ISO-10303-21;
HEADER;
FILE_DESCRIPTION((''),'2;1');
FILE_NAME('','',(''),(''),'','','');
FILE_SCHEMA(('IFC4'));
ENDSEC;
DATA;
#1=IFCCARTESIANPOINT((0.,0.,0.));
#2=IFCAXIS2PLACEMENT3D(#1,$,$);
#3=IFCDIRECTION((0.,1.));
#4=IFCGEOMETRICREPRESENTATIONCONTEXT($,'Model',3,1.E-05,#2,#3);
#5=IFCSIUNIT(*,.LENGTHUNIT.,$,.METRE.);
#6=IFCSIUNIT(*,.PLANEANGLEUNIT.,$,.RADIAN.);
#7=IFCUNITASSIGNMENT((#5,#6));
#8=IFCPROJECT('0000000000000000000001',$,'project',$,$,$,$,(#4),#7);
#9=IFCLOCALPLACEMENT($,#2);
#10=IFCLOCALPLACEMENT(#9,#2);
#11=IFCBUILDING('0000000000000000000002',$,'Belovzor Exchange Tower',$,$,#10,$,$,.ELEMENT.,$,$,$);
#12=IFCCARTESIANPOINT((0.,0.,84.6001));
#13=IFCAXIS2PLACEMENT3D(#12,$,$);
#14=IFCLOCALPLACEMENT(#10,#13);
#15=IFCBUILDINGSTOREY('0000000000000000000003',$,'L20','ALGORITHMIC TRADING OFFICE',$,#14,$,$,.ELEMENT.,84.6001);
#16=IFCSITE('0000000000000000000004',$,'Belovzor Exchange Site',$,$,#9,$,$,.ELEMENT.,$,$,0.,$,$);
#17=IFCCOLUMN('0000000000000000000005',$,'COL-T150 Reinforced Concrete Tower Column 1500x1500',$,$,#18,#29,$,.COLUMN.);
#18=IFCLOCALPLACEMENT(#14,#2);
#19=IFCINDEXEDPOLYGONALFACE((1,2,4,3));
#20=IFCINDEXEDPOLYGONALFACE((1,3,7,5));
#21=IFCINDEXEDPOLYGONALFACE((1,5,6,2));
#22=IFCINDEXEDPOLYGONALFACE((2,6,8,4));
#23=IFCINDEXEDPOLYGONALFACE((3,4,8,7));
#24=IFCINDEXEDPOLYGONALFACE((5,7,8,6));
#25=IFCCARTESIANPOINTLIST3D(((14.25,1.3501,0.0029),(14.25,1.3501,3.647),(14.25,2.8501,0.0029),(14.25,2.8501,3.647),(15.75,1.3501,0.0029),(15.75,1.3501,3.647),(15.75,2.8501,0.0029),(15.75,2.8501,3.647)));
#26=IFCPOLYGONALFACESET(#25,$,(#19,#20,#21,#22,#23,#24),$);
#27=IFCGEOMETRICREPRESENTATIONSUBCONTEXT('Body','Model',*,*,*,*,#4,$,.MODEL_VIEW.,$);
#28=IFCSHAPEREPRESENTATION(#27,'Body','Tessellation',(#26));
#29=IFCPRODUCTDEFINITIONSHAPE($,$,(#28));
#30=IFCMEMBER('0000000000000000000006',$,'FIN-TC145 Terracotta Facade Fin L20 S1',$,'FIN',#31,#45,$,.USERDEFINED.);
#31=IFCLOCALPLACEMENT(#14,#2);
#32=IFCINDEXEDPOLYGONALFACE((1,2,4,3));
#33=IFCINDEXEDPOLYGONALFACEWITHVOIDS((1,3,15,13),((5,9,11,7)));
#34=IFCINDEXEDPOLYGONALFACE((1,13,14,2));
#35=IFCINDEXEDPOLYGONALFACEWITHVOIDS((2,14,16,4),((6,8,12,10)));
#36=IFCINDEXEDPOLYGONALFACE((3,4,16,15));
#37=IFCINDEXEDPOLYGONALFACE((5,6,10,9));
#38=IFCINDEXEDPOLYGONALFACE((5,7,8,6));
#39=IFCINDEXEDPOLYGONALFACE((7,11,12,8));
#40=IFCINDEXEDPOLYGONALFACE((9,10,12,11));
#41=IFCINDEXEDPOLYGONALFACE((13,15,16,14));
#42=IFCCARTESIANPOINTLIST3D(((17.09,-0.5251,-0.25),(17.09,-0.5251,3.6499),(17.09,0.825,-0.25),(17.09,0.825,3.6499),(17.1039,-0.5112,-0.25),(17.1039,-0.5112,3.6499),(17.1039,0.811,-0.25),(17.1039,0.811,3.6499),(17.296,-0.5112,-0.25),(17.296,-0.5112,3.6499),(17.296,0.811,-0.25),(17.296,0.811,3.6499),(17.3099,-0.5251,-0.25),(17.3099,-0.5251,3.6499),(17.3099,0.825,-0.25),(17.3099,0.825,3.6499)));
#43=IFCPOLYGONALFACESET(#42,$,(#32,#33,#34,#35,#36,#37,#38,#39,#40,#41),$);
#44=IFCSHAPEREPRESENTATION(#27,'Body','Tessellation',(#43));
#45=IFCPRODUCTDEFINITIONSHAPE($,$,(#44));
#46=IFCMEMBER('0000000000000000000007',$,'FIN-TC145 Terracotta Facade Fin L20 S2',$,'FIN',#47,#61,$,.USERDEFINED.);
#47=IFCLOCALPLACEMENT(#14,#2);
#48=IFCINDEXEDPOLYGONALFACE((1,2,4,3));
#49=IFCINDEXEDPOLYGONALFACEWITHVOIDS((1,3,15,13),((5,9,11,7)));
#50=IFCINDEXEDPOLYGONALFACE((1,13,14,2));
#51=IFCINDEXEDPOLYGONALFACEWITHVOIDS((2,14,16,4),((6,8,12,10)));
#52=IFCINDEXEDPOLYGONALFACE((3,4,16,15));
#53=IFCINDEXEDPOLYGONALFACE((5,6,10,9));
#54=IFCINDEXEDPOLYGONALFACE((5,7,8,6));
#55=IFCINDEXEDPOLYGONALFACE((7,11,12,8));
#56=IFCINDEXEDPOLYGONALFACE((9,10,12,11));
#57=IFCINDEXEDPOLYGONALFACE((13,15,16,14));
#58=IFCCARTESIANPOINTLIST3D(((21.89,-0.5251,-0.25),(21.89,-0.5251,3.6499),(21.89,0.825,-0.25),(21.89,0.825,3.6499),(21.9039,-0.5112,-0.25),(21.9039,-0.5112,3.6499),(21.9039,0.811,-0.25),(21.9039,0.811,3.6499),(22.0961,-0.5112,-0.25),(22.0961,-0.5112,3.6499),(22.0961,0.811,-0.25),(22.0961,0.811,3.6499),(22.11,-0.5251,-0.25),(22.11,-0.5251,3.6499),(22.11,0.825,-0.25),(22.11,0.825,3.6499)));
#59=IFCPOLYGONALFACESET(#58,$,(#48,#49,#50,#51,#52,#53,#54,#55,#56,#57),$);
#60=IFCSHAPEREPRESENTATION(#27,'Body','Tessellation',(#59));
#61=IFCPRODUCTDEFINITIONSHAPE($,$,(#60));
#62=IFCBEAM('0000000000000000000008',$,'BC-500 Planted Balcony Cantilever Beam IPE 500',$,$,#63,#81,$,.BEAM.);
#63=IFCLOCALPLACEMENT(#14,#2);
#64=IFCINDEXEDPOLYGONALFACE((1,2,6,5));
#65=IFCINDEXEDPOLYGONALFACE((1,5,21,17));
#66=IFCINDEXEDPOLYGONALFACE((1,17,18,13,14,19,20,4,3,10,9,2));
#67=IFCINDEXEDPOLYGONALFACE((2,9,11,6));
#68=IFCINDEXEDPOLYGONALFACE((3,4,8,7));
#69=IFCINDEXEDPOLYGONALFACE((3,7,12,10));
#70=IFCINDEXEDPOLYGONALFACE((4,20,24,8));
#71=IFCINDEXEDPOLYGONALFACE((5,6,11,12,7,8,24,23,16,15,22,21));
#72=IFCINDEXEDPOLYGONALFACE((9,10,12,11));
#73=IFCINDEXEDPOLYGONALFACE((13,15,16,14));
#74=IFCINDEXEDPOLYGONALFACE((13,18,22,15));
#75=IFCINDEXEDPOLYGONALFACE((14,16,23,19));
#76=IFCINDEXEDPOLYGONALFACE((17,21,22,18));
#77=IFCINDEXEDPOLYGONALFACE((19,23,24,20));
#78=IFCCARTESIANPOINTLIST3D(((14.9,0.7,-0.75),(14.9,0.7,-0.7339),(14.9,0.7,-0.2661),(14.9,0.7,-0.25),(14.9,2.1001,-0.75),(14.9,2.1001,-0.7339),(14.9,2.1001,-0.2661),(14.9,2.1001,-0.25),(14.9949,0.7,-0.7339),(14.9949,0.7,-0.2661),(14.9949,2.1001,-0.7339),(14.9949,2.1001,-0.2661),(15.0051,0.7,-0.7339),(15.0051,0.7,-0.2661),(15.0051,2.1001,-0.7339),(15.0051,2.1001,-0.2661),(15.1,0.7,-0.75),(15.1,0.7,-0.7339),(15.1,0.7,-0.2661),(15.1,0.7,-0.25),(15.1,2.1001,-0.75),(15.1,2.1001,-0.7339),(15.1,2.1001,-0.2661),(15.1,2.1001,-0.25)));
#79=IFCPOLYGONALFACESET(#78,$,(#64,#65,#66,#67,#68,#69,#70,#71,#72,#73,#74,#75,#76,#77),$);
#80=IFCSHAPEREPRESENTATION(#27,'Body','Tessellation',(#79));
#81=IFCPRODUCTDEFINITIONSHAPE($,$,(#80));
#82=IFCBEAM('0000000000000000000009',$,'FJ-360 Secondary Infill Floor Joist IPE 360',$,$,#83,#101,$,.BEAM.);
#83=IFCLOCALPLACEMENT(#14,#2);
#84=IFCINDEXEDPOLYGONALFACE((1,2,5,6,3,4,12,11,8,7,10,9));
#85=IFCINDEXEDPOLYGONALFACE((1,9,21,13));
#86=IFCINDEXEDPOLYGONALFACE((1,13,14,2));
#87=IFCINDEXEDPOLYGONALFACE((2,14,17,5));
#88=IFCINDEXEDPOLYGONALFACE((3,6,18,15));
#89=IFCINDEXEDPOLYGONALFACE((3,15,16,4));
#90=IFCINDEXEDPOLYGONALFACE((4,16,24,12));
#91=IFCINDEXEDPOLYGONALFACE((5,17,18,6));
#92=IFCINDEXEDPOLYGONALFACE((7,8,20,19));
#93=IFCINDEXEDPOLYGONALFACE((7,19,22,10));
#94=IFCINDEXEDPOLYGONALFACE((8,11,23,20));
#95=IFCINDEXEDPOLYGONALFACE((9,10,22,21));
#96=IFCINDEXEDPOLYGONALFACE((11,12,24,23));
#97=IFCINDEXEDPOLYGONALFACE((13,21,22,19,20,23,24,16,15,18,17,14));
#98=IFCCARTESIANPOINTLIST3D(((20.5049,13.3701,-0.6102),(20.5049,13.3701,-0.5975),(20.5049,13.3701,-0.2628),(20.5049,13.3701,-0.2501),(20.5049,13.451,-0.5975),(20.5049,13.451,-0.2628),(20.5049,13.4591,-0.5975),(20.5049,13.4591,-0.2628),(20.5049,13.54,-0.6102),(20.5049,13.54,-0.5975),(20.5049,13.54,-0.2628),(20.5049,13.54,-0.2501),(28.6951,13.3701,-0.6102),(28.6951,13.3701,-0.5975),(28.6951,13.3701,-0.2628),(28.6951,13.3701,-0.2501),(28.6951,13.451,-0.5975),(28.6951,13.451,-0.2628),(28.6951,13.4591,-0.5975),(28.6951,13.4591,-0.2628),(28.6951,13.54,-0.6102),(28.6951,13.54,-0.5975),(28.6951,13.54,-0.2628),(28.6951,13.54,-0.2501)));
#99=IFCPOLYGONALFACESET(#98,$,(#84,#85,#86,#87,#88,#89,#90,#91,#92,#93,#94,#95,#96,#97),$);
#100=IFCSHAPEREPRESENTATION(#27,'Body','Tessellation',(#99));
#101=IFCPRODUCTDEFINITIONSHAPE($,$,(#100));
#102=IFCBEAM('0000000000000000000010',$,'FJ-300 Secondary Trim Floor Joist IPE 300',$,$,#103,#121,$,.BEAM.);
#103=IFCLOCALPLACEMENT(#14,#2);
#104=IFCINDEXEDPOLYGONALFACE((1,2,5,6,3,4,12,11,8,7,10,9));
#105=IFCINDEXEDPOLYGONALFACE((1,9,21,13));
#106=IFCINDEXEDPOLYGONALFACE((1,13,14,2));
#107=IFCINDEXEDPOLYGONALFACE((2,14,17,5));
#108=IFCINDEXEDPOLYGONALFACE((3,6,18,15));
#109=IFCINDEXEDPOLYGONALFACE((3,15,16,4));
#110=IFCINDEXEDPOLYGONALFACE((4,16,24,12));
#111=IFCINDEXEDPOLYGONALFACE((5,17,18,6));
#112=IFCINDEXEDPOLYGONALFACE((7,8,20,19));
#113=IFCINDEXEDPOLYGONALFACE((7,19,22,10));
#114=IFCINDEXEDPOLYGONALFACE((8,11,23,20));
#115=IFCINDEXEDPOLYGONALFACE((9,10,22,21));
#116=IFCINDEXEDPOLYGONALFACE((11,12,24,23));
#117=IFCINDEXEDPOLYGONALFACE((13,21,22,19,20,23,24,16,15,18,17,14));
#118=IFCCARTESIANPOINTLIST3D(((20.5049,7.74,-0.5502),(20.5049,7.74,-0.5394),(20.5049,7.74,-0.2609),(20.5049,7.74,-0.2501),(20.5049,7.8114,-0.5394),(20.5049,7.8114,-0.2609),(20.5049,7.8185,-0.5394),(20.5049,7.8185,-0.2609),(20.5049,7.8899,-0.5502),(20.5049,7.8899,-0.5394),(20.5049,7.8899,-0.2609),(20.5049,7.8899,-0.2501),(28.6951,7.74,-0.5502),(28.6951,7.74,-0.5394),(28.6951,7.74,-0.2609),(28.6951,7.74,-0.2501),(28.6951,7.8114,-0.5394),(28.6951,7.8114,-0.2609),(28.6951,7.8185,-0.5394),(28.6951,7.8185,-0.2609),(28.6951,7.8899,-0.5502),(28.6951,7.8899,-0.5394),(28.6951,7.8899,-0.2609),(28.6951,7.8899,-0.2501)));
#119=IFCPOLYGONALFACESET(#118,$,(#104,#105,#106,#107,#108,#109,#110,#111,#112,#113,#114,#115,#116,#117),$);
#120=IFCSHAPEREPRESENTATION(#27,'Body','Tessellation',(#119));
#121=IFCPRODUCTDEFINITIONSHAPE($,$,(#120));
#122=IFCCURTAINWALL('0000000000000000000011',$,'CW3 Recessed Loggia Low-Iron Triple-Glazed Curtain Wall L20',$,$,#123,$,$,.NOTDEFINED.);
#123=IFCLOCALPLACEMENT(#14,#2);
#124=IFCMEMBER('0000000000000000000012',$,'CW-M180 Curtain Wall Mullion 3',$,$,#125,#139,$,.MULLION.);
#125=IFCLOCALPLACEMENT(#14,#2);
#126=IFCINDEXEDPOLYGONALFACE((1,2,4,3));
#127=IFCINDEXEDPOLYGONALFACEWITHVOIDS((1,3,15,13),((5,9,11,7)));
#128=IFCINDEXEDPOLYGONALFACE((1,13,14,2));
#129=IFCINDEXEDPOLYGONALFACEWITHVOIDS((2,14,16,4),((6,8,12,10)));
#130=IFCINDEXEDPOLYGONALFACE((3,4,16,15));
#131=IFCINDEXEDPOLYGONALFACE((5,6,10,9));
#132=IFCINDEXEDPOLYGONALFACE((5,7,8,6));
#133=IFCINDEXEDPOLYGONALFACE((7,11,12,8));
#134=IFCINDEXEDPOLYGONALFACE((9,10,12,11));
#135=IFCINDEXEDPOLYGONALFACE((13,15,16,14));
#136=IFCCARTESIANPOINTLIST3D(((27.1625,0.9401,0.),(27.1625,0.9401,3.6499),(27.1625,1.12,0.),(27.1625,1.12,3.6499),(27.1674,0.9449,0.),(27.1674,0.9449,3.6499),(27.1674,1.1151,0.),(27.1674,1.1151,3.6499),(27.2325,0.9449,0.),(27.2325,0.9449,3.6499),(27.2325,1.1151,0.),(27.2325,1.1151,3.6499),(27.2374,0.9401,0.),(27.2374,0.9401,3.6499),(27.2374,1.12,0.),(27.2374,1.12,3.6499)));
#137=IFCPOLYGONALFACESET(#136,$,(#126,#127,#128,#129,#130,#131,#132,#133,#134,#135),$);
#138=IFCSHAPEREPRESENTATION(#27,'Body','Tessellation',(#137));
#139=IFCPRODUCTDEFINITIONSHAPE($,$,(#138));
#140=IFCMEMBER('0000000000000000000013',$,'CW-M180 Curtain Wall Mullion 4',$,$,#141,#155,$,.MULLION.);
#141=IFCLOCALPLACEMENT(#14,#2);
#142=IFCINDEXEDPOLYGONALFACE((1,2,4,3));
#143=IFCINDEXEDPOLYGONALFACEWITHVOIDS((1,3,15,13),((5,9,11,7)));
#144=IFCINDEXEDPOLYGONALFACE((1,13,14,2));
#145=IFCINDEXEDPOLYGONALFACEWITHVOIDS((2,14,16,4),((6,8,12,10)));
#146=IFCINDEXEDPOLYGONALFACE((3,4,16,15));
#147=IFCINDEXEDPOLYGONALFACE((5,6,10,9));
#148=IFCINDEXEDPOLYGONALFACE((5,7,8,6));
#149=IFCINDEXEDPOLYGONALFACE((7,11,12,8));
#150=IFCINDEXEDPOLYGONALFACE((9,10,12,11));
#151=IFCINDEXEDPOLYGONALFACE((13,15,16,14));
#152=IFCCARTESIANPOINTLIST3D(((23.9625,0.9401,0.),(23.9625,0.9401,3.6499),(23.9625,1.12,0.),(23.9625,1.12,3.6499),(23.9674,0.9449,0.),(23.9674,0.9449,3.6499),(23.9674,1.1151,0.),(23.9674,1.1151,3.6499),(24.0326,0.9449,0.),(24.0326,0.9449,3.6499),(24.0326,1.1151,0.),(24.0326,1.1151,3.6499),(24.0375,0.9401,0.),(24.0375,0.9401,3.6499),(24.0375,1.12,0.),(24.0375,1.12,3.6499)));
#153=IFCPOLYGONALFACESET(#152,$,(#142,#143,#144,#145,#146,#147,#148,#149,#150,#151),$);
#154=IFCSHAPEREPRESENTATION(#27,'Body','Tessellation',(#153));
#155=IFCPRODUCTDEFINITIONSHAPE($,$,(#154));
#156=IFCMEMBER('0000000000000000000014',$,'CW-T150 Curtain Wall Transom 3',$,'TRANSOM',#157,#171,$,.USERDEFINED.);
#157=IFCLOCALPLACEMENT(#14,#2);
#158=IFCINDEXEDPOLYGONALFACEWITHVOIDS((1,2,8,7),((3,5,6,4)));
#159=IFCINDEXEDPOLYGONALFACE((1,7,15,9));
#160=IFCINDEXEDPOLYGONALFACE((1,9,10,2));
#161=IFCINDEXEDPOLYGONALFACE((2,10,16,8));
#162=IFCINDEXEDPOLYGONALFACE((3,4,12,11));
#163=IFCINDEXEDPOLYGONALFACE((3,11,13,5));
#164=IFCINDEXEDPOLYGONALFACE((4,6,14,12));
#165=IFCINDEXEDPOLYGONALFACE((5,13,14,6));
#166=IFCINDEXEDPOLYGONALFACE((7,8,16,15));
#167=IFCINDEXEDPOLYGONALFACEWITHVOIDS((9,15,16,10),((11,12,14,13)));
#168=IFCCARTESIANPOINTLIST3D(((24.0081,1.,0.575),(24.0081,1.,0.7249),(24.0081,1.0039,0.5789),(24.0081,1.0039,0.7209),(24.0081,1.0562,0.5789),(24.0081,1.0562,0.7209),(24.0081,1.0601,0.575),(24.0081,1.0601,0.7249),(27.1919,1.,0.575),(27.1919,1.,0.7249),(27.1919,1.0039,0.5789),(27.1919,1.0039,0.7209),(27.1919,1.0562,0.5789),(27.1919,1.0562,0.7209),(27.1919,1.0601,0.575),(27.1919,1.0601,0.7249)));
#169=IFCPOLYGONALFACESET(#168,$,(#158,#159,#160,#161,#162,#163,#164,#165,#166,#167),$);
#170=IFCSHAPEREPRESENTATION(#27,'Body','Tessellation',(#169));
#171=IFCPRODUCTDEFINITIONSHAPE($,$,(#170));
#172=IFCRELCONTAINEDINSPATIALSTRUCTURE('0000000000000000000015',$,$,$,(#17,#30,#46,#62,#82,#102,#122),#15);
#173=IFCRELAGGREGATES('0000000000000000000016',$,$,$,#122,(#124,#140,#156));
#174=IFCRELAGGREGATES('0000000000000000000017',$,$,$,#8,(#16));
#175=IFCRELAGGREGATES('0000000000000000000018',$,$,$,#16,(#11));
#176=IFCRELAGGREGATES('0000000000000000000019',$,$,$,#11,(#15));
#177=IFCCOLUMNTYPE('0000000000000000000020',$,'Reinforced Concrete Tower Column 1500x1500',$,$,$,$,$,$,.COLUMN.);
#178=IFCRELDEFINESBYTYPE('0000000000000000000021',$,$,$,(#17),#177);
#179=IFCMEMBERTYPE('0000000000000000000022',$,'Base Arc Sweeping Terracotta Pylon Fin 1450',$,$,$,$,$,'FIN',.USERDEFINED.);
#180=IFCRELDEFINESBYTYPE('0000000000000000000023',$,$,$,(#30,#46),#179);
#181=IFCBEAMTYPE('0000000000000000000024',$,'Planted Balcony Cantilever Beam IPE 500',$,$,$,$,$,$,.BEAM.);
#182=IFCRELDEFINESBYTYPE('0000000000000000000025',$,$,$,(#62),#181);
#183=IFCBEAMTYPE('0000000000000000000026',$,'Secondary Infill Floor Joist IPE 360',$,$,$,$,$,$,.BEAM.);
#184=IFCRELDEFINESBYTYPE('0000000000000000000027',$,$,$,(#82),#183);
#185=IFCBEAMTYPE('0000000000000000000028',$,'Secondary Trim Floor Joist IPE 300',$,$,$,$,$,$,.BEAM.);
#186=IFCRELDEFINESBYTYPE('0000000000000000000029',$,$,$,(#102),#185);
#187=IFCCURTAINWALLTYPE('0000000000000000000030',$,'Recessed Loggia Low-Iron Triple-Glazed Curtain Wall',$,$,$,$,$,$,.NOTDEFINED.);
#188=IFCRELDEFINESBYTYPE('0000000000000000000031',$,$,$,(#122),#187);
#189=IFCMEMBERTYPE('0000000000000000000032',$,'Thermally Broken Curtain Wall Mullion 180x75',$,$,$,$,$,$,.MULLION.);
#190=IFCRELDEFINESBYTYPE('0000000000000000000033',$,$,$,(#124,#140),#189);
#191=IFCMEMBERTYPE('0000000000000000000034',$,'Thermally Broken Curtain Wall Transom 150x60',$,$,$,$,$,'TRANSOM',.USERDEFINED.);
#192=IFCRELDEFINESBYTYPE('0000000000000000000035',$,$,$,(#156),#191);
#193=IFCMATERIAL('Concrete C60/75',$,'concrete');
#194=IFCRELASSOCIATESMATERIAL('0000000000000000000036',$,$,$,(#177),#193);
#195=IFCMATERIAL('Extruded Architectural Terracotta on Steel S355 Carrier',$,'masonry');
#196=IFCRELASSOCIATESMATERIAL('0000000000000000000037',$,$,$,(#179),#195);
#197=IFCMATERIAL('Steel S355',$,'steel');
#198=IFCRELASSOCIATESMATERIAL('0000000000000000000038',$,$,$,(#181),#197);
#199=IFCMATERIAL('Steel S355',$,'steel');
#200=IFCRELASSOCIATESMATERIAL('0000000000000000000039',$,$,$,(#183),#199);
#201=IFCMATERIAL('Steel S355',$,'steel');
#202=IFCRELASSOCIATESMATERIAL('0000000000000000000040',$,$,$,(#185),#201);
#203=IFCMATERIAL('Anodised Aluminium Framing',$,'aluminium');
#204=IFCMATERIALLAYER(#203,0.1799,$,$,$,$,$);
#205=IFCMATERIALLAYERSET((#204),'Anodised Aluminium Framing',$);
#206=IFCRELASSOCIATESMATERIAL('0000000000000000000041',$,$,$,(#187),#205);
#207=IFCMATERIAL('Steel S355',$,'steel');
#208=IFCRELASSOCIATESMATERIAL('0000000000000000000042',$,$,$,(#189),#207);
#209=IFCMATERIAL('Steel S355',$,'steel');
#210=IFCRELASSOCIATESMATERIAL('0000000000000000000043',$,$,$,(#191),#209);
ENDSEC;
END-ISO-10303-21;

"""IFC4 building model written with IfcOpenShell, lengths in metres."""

from ifc_helpers import new_model, si_unit, direction, frame, origin, origin_2d, place, context, subcontext, project, spatial, rectangle, hollow_rectangle, i_section, extrude, material, layer, layer_set, material_profile, profile_set, type_object, element, aggregate, save


model = new_model("IFC4")

# Units and contexts
model_context = context("Model", 3, precision=1e-05, world=origin(), true_north=direction((0.0, 1.0)))
body_context = subcontext(model_context, "Body", "Model", "MODEL_VIEW")
ifc_project = project(units=[si_unit("LENGTHUNIT", "METRE"), si_unit("PLANEANGLEUNIT", "RADIAN")], contexts=[model_context])

# Site, building, storey
site_placement = place(None, origin())
site = spatial("IfcSite", under=ifc_project, at=site_placement, Name="Belovzor Exchange Site", CompositionType="ELEMENT", RefElevation=0.0)
building_placement = place(site_placement, origin())
building = spatial("IfcBuilding", under=site, at=building_placement, Name="Belovzor Exchange Tower", CompositionType="ELEMENT")
storey_placement = place(building_placement, frame((0.0, 0.0, 84.6001)))
storey = spatial("IfcBuildingStorey", under=building, at=storey_placement, Name="L20", Description="ALGORITHMIC TRADING OFFICE", CompositionType="ELEMENT", Elevation=84.6001)

# Column
ifc_material_1 = material(Name="Concrete C60/75", Category="concrete")
ifc_material_profile_1 = material_profile(ifc_material_1, rectangle(XDim=1.5, YDim=1.5, at=origin_2d()))
ifc_profile_set_1 = profile_set([ifc_material_profile_1], Name="Concrete C60/75")
column_type = type_object("IfcColumnType", Name="Reinforced Concrete Tower Column 1500x1500", PredefinedType="COLUMN", material=ifc_profile_set_1)
column_placement = place(storey_placement, frame((15.0, 2.1001, 0.0029), z_axis=(0.0, 0.0, 1.0), x_axis=(1.0, 0.0, 0.0)))
element("IfcColumn", 1, at=column_placement, inside=storey, type_object=column_type, Name="COL-T150 Reinforced Concrete Tower Column 1500x1500", PredefinedType="COLUMN", context=body_context, shape_type="SweptSolid", body=[
    extrude(rectangle(XDim=1.5, YDim=1.5, at=origin_2d()), origin(), (0.0, 0.0, 1.0), 3.644),
])

# Members
ifc_material_2 = material(Name="Extruded Architectural Terracotta on Steel S355 Carrier", Category="masonry")
ifc_material_profile_2 = material_profile(ifc_material_2, hollow_rectangle(XDim=0.22, YDim=1.3501, WallThickness=0.0139, at=origin_2d()))
ifc_profile_set_2 = profile_set([ifc_material_profile_2], Name="Extruded Architectural Terracotta on Steel S355 Carrier")
member_type_1 = type_object("IfcMemberType", Name="Base Arc Sweeping Terracotta Pylon Fin 1450", ElementType="FIN", PredefinedType="USERDEFINED", material=ifc_profile_set_2)
for number, where, z_axis, x_axis, name in (
    (2, (17.2, 0.1499, -0.25), (0.0, 0.0, 1.0), (1.0, 0.0, 0.0), "FIN-TC145 Terracotta Facade Fin L20 S1"),
    (3, (22.0, 0.1499, -0.25), (0.0, 0.0, 1.0), (1.0, 0.0, 0.0), "FIN-TC145 Terracotta Facade Fin L20 S2"),
):
    element("IfcMember", number, at=place(storey_placement, frame(where, z_axis=z_axis, x_axis=x_axis)), inside=storey, type_object=member_type_1, Name=name, ObjectType="FIN", PredefinedType="USERDEFINED", context=body_context, shape_type="SweptSolid", body=[
        extrude(hollow_rectangle(XDim=0.22, YDim=1.3501, WallThickness=0.0139, at=origin_2d()), origin(), (0.0, 0.0, 1.0), 3.8999),
    ])

# Beams
ifc_material_3 = material(Name="Steel S355", Category="steel")
ifc_material_profile_3 = material_profile(ifc_material_3, i_section(OverallWidth=0.2, OverallDepth=0.5, WebThickness=0.0103, FlangeThickness=0.0161, at=origin_2d()))
ifc_profile_set_3 = profile_set([ifc_material_profile_3], Name="Steel S355")
beam_type_1 = type_object("IfcBeamType", Name="Planted Balcony Cantilever Beam IPE 500", PredefinedType="BEAM", material=ifc_profile_set_3)
beam_1_placement = place(storey_placement, frame((15.0, 2.1001, -0.5), z_axis=(0.0, -1.0, 0.0), x_axis=(1.0, 0.0, 0.0)))
element("IfcBeam", 4, at=beam_1_placement, inside=storey, type_object=beam_type_1, Name="BC-500 Planted Balcony Cantilever Beam IPE 500", PredefinedType="BEAM", context=body_context, shape_type="SweptSolid", body=[
    extrude(i_section(OverallWidth=0.2, OverallDepth=0.5, WebThickness=0.0103, FlangeThickness=0.0161, at=origin_2d()), origin(), (0.0, 0.0, 1.0), 1.4001),
])
ifc_material_4 = material(Name="Steel S355", Category="steel")
ifc_material_profile_4 = material_profile(ifc_material_4, i_section(OverallWidth=0.1699, OverallDepth=0.3601, WebThickness=0.0081, FlangeThickness=0.0127, at=origin_2d()))
ifc_profile_set_4 = profile_set([ifc_material_profile_4], Name="Steel S355")
beam_type_2 = type_object("IfcBeamType", Name="Secondary Infill Floor Joist IPE 360", PredefinedType="BEAM", material=ifc_profile_set_4)
beam_2_placement = place(storey_placement, frame((20.5049, 13.4551, -0.4302), z_axis=(1.0, 0.0, 0.0), x_axis=(0.0, 1.0, 0.0)))
element("IfcBeam", 5, at=beam_2_placement, inside=storey, type_object=beam_type_2, Name="FJ-360 Secondary Infill Floor Joist IPE 360", PredefinedType="BEAM", context=body_context, shape_type="SweptSolid", body=[
    extrude(i_section(OverallWidth=0.1699, OverallDepth=0.3601, WebThickness=0.0081, FlangeThickness=0.0127, at=origin_2d()), origin(), (0.0, 0.0, 1.0), 8.1902),
])
ifc_material_5 = material(Name="Steel S355", Category="steel")
ifc_material_profile_5 = material_profile(ifc_material_5, i_section(OverallWidth=0.1499, OverallDepth=0.3, WebThickness=0.0071, FlangeThickness=0.0107, at=origin_2d()))
ifc_profile_set_5 = profile_set([ifc_material_profile_5], Name="Steel S355")
beam_type_3 = type_object("IfcBeamType", Name="Secondary Trim Floor Joist IPE 300", PredefinedType="BEAM", material=ifc_profile_set_5)
beam_3_placement = place(storey_placement, frame((20.5049, 7.8149, -0.4001), z_axis=(1.0, 0.0, 0.0), x_axis=(0.0, 1.0, 0.0)))
element("IfcBeam", 6, at=beam_3_placement, inside=storey, type_object=beam_type_3, Name="FJ-300 Secondary Trim Floor Joist IPE 300", PredefinedType="BEAM", context=body_context, shape_type="SweptSolid", body=[
    extrude(i_section(OverallWidth=0.1499, OverallDepth=0.3, WebThickness=0.0071, FlangeThickness=0.0107, at=origin_2d()), origin(), (0.0, 0.0, 1.0), 8.1902),
])

# Curtain wall, members
ifc_material_6 = material(Name="Anodised Aluminium Framing", Category="aluminium")
ifc_layer_1 = layer(ifc_material_6, 0.1799)
ifc_layer_set_1 = layer_set([ifc_layer_1], Name="Anodised Aluminium Framing")
curtain_wall_type = type_object("IfcCurtainWallType", Name="Recessed Loggia Low-Iron Triple-Glazed Curtain Wall", PredefinedType="NOTDEFINED", material=ifc_layer_set_1)
curtain_wall_placement = place(storey_placement, origin())
curtain_wall = element("IfcCurtainWall", 7, at=curtain_wall_placement, inside=storey, type_object=curtain_wall_type, Name="CW3 Recessed Loggia Low-Iron Triple-Glazed Curtain Wall L20", PredefinedType="NOTDEFINED")
ifc_material_7 = material(Name="Steel S355", Category="steel")
ifc_material_profile_6 = material_profile(ifc_material_7, hollow_rectangle(XDim=0.075, YDim=0.1799, WallThickness=0.0049, at=origin_2d()))
ifc_profile_set_6 = profile_set([ifc_material_profile_6], Name="Steel S355")
member_type_2 = type_object("IfcMemberType", Name="Thermally Broken Curtain Wall Mullion 180x75", PredefinedType="MULLION", material=ifc_profile_set_6)
member_1_placement = place(storey_placement, frame((27.2, 1.03, 0.0), z_axis=(0.0, 0.0, 1.0), x_axis=(-1.0, 0.0, 0.0)))
member_1 = element("IfcMember", 8, at=member_1_placement, type_object=member_type_2, Name="CW-M180 Curtain Wall Mullion 3", PredefinedType="MULLION", context=body_context, shape_type="SweptSolid", body=[
    extrude(hollow_rectangle(XDim=0.075, YDim=0.1799, WallThickness=0.0049, at=origin_2d()), origin(), (0.0, 0.0, 1.0), 3.6499),
])
member_2_placement = place(storey_placement, frame((24.0, 1.03, 0.0), z_axis=(0.0, 0.0, 1.0), x_axis=(-1.0, 0.0, 0.0)))
member_2 = element("IfcMember", 9, at=member_2_placement, type_object=member_type_2, Name="CW-M180 Curtain Wall Mullion 4", PredefinedType="MULLION", context=body_context, shape_type="SweptSolid", body=[
    extrude(hollow_rectangle(XDim=0.075, YDim=0.1799, WallThickness=0.0049, at=origin_2d()), origin(), (0.0, 0.0, 1.0), 3.6499),
])
ifc_material_8 = material(Name="Steel S355", Category="steel")
ifc_material_profile_7 = material_profile(ifc_material_8, hollow_rectangle(XDim=0.0601, YDim=0.1499, WallThickness=0.0039, at=origin_2d()))
ifc_profile_set_7 = profile_set([ifc_material_profile_7], Name="Steel S355")
member_type_3 = type_object("IfcMemberType", Name="Thermally Broken Curtain Wall Transom 150x60", ElementType="TRANSOM", PredefinedType="USERDEFINED", material=ifc_profile_set_7)
member_3_placement = place(storey_placement, frame((27.1919, 1.03, 0.6499), z_axis=(-1.0, 0.0, 0.0), x_axis=(0.0, -1.0, 0.0)))
member_3 = element("IfcMember", 10, at=member_3_placement, type_object=member_type_3, Name="CW-T150 Curtain Wall Transom 3", ObjectType="TRANSOM", PredefinedType="USERDEFINED", context=body_context, shape_type="SweptSolid", body=[
    extrude(hollow_rectangle(XDim=0.0601, YDim=0.1499, WallThickness=0.0039, at=origin_2d()), origin(), (0.0, 0.0, 1.0), 3.1838),
])

aggregate(curtain_wall, [member_1, member_2, member_3])

save(model, "model.ifc")
